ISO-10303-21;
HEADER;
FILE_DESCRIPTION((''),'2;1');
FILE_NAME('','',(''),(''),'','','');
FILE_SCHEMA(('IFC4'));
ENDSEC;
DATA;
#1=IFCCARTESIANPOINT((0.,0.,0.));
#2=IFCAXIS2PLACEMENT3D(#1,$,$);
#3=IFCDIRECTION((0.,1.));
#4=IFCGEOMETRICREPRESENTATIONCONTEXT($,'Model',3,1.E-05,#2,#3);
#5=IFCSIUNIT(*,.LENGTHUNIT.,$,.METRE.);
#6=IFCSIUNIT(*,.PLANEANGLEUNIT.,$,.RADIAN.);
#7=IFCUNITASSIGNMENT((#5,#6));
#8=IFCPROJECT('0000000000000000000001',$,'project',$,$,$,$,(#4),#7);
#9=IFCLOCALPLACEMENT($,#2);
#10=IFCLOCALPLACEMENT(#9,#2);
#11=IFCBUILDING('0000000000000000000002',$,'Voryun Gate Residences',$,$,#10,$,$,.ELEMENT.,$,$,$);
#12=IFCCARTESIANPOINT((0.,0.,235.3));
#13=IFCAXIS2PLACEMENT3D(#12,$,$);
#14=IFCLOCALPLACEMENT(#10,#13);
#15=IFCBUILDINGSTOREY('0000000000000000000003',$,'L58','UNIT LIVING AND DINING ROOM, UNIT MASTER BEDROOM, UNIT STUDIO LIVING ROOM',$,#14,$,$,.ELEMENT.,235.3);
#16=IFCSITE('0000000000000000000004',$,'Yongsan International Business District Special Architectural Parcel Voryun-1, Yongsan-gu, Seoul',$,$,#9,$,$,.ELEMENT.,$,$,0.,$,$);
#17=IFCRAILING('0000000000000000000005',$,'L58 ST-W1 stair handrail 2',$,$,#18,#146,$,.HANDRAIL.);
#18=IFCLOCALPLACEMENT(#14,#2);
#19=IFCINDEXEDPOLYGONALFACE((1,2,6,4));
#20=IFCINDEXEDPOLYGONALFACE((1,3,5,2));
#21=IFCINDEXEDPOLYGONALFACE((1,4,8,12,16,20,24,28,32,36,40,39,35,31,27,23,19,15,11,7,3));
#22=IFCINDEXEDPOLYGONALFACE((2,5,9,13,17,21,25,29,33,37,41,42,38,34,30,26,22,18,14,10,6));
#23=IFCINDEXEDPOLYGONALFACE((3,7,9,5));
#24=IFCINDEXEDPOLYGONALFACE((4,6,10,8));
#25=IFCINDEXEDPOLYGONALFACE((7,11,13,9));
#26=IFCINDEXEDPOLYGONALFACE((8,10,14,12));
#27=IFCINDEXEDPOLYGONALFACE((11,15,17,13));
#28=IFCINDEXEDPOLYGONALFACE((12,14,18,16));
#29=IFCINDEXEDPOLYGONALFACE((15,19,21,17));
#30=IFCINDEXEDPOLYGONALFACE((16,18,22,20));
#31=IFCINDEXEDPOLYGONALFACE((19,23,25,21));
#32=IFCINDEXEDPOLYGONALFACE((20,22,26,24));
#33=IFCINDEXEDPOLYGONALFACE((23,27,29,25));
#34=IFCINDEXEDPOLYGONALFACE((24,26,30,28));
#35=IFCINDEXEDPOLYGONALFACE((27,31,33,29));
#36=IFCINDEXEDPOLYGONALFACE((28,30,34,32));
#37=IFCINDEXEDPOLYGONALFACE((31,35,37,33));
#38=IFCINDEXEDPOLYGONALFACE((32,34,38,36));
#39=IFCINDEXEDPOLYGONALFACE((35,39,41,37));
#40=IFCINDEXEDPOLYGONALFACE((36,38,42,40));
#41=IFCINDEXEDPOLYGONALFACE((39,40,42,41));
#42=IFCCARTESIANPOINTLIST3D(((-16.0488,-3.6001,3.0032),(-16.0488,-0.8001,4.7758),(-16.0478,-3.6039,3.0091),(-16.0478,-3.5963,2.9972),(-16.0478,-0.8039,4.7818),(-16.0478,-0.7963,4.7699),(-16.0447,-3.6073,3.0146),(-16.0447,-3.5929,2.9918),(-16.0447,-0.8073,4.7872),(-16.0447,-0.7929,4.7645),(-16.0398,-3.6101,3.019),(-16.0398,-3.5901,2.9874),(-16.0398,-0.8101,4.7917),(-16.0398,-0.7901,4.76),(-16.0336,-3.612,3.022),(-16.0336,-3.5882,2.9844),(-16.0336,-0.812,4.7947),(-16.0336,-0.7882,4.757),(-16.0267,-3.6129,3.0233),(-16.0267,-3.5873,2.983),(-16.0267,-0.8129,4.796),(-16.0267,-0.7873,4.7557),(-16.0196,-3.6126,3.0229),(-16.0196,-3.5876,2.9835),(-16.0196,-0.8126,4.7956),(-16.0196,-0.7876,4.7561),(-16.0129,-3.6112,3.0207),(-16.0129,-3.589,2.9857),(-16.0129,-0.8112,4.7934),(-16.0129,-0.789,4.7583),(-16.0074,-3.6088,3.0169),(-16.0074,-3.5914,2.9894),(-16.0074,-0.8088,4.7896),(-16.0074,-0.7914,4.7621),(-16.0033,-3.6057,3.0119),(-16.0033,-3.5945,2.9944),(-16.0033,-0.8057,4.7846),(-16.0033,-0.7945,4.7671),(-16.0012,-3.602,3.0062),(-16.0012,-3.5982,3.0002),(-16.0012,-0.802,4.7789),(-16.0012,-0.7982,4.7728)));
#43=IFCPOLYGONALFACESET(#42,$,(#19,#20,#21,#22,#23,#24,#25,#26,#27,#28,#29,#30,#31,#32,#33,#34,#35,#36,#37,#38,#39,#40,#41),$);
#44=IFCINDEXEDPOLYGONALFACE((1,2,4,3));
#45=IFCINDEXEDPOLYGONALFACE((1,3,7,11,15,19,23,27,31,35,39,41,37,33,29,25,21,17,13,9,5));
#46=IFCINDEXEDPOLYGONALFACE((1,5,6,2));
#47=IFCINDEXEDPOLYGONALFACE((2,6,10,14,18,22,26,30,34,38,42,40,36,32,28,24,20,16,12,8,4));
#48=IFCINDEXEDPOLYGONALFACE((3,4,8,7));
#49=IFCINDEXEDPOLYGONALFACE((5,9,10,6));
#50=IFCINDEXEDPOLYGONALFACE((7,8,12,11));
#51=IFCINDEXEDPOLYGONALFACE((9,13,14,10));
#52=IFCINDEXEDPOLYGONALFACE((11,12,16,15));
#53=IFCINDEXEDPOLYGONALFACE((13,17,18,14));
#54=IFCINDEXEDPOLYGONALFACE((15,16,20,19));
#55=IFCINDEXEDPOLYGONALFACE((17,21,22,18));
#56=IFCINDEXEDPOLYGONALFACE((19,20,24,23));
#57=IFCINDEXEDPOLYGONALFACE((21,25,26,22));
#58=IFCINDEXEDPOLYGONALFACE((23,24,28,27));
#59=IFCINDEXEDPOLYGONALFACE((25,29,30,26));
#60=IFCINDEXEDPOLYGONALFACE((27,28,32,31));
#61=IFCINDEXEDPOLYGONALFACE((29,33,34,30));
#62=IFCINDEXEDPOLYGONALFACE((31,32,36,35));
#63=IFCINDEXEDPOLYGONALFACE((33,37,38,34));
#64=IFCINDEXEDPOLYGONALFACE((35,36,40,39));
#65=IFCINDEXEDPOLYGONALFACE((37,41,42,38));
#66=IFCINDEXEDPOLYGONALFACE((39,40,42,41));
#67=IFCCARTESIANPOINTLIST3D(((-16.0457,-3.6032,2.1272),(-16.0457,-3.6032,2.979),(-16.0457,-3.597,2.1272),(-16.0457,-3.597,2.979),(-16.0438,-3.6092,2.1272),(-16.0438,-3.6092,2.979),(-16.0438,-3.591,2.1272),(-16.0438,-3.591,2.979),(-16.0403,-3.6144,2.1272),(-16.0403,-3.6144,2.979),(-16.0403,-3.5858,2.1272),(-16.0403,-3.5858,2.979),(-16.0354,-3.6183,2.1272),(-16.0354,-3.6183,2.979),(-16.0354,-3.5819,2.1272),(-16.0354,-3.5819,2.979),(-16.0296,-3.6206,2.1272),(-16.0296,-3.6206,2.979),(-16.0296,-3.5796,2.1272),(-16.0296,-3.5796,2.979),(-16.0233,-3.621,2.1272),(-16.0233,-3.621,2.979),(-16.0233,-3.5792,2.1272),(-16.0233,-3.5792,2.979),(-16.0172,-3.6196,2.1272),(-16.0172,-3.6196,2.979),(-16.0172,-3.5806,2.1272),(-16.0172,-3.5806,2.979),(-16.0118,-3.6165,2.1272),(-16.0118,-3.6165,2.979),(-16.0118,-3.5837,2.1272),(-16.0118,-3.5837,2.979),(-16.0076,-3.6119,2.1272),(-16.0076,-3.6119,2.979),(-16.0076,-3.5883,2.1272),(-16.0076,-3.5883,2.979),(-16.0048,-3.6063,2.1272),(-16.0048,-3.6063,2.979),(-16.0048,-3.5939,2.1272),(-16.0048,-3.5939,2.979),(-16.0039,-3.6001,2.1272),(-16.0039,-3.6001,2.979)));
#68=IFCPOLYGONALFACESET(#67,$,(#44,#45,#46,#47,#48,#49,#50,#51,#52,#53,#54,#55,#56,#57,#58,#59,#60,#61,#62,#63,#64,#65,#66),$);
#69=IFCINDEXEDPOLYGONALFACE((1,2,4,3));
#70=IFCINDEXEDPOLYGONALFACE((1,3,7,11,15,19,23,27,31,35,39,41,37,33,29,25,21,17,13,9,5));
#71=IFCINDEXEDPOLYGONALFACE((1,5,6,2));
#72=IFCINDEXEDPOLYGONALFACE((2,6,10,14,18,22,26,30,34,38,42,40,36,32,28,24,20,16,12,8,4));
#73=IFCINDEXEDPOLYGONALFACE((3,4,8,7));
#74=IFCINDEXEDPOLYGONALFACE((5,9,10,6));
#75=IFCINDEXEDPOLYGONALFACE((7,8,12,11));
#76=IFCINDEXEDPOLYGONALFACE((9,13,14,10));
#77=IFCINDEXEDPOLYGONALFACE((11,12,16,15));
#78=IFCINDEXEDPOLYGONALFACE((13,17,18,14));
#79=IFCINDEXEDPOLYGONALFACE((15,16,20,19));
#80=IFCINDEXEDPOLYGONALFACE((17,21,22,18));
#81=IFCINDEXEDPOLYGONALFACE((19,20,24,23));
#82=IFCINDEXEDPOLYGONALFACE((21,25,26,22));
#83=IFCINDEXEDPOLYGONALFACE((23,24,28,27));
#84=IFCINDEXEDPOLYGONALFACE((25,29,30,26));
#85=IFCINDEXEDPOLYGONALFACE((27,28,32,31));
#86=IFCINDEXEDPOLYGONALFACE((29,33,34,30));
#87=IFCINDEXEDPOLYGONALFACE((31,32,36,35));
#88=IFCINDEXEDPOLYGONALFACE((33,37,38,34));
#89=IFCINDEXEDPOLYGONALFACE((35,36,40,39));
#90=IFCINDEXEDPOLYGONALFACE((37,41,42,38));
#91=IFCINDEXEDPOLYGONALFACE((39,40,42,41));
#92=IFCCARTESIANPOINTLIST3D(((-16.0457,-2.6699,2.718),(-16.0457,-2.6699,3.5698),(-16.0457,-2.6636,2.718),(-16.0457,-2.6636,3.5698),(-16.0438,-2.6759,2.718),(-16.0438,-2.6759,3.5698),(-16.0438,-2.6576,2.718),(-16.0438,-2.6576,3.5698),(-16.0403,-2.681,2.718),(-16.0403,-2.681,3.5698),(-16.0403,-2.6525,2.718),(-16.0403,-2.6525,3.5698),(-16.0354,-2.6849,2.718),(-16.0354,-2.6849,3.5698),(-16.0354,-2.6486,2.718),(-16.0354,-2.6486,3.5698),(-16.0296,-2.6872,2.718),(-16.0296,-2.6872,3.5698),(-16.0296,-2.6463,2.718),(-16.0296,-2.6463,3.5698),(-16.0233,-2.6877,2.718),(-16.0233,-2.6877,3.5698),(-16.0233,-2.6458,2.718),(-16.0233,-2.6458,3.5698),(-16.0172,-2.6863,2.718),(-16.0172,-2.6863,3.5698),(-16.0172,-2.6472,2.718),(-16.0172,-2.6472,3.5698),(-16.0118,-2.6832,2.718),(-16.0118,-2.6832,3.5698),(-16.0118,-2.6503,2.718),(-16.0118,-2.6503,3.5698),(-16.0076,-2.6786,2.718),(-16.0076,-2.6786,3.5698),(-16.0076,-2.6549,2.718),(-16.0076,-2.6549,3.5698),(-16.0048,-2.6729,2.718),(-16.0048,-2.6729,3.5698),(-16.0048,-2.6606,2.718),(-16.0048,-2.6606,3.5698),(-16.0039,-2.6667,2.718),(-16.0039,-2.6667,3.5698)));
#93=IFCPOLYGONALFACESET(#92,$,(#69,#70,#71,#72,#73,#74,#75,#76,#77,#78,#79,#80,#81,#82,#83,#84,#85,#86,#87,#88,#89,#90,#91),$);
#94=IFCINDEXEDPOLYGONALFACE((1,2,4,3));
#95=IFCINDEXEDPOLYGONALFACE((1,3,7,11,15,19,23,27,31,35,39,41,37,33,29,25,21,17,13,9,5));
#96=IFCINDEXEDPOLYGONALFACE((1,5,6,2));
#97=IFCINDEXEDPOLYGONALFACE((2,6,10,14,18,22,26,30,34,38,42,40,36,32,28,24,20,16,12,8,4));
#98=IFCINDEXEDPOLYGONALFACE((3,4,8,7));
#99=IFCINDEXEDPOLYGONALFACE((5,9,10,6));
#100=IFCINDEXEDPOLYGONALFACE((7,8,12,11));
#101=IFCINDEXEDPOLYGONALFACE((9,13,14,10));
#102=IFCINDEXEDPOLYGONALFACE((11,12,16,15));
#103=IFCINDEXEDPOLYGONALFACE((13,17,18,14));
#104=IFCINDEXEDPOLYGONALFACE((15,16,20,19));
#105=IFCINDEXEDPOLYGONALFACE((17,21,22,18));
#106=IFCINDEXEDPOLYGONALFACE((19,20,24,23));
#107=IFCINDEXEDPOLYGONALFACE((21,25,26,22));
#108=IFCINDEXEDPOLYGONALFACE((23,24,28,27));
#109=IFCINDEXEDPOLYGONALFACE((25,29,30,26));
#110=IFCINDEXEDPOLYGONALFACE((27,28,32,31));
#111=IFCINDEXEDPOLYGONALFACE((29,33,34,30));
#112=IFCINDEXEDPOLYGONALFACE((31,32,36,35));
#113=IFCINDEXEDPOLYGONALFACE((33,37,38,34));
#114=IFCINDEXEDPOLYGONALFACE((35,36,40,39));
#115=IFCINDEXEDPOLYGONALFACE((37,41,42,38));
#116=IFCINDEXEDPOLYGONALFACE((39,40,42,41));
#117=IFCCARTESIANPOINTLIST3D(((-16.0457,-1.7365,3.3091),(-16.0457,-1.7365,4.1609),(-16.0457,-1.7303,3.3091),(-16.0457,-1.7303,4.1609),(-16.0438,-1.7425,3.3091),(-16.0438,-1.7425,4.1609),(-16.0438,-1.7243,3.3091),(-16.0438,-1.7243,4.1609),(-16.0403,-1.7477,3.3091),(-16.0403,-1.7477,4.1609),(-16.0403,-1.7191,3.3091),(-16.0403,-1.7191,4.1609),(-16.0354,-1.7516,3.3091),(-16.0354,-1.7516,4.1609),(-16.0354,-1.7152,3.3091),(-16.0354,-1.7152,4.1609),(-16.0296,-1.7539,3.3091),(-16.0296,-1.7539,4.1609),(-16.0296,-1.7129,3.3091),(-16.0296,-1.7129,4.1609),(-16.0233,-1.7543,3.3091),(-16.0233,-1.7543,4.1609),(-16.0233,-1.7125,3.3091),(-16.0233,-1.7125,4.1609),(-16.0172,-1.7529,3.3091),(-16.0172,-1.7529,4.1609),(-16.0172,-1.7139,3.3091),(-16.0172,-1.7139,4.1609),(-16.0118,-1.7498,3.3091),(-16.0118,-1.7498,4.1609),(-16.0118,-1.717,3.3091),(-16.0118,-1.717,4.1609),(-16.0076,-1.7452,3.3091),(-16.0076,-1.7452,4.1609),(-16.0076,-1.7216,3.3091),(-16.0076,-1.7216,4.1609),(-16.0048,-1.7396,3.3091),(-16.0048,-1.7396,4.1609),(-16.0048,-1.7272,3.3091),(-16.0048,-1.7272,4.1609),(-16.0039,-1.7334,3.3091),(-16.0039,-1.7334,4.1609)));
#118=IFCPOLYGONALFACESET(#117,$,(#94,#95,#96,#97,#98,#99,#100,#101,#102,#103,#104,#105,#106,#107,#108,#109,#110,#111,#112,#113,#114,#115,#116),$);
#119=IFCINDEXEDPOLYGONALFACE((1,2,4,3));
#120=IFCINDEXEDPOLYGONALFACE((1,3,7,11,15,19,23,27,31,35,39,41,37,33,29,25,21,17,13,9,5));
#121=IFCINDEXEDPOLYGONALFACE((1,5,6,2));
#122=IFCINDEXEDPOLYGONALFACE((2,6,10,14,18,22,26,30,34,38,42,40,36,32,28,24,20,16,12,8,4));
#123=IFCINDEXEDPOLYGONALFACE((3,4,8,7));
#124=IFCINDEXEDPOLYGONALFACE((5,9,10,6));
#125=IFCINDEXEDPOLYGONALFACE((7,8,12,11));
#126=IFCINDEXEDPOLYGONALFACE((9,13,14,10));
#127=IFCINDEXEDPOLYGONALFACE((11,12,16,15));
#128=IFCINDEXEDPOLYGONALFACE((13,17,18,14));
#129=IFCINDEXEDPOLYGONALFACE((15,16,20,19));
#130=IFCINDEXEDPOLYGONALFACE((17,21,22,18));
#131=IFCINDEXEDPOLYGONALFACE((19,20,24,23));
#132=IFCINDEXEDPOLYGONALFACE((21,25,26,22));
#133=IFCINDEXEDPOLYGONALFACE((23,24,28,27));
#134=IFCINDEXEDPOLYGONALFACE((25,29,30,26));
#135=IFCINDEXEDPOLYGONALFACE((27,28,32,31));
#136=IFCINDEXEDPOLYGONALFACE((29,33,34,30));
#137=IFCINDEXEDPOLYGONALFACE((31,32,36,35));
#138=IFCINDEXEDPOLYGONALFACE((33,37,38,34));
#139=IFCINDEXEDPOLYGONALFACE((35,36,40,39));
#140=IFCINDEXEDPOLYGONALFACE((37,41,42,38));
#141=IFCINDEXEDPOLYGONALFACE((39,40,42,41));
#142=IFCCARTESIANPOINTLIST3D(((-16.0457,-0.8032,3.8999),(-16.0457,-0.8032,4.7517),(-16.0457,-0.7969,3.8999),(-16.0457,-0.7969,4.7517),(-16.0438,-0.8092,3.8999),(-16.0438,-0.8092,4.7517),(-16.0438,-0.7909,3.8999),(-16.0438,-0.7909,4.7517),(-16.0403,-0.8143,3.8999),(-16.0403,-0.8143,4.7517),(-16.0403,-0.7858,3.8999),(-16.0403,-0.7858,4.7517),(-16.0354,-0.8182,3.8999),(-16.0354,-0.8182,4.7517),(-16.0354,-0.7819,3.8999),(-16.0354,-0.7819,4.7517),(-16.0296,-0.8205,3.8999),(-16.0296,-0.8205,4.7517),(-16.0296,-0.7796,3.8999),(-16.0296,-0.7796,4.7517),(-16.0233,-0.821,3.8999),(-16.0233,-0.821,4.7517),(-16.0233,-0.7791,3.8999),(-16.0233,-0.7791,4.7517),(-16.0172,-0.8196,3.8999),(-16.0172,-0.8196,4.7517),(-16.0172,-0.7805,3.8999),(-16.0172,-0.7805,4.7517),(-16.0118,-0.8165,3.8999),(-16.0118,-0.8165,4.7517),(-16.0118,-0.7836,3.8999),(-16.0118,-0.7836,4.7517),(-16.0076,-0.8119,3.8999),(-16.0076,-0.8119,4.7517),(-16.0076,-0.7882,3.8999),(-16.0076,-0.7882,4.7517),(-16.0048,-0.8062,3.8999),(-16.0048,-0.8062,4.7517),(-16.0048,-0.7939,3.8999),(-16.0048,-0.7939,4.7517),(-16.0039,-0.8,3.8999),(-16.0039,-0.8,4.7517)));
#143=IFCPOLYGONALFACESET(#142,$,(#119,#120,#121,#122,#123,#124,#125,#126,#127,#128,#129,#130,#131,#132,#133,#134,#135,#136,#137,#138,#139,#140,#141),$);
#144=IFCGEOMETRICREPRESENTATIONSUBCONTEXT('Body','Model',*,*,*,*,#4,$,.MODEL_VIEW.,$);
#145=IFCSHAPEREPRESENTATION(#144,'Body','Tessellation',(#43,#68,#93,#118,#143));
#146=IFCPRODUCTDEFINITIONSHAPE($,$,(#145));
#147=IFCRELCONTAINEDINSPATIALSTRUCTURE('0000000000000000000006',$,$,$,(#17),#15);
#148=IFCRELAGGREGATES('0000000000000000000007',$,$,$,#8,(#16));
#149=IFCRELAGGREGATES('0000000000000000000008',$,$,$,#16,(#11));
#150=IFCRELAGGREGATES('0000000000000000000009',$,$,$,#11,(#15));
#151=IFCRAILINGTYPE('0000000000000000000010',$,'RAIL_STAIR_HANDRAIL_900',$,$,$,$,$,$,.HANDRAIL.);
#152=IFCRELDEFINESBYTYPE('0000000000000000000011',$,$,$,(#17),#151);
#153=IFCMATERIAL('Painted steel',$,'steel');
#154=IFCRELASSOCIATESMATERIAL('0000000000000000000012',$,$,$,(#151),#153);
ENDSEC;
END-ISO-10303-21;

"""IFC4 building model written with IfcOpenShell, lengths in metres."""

from ifc_helpers import new_model, si_unit, direction, frame, origin, origin_2d, place, context, subcontext, project, spatial, circle, extrude, material, type_object, element, save


model = new_model("IFC4")

# Units and contexts
model_context = context("Model", 3, precision=1e-05, world=origin(), true_north=direction((0.0, 1.0)))
body_context = subcontext(model_context, "Body", "Model", "MODEL_VIEW")
ifc_project = project(units=[si_unit("LENGTHUNIT", "METRE"), si_unit("PLANEANGLEUNIT", "RADIAN")], contexts=[model_context])

# Site, building, storey
site_placement = place(None, origin())
site = spatial("IfcSite", under=ifc_project, at=site_placement, Name="Yongsan International Business District Special Architectural Parcel Voryun-1, Yongsan-gu, Seoul", CompositionType="ELEMENT", RefElevation=0.0)
building_placement = place(site_placement, origin())
building = spatial("IfcBuilding", under=site, at=building_placement, Name="Voryun Gate Residences", CompositionType="ELEMENT")
storey_placement = place(building_placement, frame((0.0, 0.0, 235.3)))
storey = spatial("IfcBuildingStorey", under=building, at=storey_placement, Name="L58", Description="UNIT LIVING AND DINING ROOM, UNIT MASTER BEDROOM, UNIT STUDIO LIVING ROOM", CompositionType="ELEMENT", Elevation=235.3)

# Railing
ifc_material_1 = material(Name="Painted steel", Category="steel")
railing_type_1 = type_object("IfcRailingType", Name="RAIL_STAIR_HANDRAIL_900", PredefinedType="HANDRAIL", material=ifc_material_1)
railing_1_placement = place(storey_placement, frame((-16.0249, -3.6001, 2.1272)))
element("IfcRailing", 1, at=railing_1_placement, inside=storey, type_object=railing_type_1, Name="L58 ST-W1 stair handrail 2", PredefinedType="HANDRAIL", context=body_context, shape_type="SweptSolid", body=[
    extrude(circle(Radius=0.0239, at=origin_2d()), frame((0.0, 0.0, 0.876), z_axis=(0.0, 0.844909, 0.53491), x_axis=(-1.0, 0.0, 0.0)), (0.0, 0.0, 1.0), 3.314),
    extrude(circle(Radius=0.021, at=origin_2d()), origin(), (0.0, 0.0, 1.0), 0.8518),
    extrude(circle(Radius=0.021, at=origin_2d()), frame((0.0, 0.9333, 0.5908)), (0.0, 0.0, 1.0), 0.8518),
    extrude(circle(Radius=0.021, at=origin_2d()), frame((0.0, 1.8667, 1.1819)), (0.0, 0.0, 1.0), 0.8518),
    extrude(circle(Radius=0.021, at=origin_2d()), frame((0.0, 2.8, 1.7727)), (0.0, 0.0, 1.0), 0.8518),
])

save(model, "model.ifc")
